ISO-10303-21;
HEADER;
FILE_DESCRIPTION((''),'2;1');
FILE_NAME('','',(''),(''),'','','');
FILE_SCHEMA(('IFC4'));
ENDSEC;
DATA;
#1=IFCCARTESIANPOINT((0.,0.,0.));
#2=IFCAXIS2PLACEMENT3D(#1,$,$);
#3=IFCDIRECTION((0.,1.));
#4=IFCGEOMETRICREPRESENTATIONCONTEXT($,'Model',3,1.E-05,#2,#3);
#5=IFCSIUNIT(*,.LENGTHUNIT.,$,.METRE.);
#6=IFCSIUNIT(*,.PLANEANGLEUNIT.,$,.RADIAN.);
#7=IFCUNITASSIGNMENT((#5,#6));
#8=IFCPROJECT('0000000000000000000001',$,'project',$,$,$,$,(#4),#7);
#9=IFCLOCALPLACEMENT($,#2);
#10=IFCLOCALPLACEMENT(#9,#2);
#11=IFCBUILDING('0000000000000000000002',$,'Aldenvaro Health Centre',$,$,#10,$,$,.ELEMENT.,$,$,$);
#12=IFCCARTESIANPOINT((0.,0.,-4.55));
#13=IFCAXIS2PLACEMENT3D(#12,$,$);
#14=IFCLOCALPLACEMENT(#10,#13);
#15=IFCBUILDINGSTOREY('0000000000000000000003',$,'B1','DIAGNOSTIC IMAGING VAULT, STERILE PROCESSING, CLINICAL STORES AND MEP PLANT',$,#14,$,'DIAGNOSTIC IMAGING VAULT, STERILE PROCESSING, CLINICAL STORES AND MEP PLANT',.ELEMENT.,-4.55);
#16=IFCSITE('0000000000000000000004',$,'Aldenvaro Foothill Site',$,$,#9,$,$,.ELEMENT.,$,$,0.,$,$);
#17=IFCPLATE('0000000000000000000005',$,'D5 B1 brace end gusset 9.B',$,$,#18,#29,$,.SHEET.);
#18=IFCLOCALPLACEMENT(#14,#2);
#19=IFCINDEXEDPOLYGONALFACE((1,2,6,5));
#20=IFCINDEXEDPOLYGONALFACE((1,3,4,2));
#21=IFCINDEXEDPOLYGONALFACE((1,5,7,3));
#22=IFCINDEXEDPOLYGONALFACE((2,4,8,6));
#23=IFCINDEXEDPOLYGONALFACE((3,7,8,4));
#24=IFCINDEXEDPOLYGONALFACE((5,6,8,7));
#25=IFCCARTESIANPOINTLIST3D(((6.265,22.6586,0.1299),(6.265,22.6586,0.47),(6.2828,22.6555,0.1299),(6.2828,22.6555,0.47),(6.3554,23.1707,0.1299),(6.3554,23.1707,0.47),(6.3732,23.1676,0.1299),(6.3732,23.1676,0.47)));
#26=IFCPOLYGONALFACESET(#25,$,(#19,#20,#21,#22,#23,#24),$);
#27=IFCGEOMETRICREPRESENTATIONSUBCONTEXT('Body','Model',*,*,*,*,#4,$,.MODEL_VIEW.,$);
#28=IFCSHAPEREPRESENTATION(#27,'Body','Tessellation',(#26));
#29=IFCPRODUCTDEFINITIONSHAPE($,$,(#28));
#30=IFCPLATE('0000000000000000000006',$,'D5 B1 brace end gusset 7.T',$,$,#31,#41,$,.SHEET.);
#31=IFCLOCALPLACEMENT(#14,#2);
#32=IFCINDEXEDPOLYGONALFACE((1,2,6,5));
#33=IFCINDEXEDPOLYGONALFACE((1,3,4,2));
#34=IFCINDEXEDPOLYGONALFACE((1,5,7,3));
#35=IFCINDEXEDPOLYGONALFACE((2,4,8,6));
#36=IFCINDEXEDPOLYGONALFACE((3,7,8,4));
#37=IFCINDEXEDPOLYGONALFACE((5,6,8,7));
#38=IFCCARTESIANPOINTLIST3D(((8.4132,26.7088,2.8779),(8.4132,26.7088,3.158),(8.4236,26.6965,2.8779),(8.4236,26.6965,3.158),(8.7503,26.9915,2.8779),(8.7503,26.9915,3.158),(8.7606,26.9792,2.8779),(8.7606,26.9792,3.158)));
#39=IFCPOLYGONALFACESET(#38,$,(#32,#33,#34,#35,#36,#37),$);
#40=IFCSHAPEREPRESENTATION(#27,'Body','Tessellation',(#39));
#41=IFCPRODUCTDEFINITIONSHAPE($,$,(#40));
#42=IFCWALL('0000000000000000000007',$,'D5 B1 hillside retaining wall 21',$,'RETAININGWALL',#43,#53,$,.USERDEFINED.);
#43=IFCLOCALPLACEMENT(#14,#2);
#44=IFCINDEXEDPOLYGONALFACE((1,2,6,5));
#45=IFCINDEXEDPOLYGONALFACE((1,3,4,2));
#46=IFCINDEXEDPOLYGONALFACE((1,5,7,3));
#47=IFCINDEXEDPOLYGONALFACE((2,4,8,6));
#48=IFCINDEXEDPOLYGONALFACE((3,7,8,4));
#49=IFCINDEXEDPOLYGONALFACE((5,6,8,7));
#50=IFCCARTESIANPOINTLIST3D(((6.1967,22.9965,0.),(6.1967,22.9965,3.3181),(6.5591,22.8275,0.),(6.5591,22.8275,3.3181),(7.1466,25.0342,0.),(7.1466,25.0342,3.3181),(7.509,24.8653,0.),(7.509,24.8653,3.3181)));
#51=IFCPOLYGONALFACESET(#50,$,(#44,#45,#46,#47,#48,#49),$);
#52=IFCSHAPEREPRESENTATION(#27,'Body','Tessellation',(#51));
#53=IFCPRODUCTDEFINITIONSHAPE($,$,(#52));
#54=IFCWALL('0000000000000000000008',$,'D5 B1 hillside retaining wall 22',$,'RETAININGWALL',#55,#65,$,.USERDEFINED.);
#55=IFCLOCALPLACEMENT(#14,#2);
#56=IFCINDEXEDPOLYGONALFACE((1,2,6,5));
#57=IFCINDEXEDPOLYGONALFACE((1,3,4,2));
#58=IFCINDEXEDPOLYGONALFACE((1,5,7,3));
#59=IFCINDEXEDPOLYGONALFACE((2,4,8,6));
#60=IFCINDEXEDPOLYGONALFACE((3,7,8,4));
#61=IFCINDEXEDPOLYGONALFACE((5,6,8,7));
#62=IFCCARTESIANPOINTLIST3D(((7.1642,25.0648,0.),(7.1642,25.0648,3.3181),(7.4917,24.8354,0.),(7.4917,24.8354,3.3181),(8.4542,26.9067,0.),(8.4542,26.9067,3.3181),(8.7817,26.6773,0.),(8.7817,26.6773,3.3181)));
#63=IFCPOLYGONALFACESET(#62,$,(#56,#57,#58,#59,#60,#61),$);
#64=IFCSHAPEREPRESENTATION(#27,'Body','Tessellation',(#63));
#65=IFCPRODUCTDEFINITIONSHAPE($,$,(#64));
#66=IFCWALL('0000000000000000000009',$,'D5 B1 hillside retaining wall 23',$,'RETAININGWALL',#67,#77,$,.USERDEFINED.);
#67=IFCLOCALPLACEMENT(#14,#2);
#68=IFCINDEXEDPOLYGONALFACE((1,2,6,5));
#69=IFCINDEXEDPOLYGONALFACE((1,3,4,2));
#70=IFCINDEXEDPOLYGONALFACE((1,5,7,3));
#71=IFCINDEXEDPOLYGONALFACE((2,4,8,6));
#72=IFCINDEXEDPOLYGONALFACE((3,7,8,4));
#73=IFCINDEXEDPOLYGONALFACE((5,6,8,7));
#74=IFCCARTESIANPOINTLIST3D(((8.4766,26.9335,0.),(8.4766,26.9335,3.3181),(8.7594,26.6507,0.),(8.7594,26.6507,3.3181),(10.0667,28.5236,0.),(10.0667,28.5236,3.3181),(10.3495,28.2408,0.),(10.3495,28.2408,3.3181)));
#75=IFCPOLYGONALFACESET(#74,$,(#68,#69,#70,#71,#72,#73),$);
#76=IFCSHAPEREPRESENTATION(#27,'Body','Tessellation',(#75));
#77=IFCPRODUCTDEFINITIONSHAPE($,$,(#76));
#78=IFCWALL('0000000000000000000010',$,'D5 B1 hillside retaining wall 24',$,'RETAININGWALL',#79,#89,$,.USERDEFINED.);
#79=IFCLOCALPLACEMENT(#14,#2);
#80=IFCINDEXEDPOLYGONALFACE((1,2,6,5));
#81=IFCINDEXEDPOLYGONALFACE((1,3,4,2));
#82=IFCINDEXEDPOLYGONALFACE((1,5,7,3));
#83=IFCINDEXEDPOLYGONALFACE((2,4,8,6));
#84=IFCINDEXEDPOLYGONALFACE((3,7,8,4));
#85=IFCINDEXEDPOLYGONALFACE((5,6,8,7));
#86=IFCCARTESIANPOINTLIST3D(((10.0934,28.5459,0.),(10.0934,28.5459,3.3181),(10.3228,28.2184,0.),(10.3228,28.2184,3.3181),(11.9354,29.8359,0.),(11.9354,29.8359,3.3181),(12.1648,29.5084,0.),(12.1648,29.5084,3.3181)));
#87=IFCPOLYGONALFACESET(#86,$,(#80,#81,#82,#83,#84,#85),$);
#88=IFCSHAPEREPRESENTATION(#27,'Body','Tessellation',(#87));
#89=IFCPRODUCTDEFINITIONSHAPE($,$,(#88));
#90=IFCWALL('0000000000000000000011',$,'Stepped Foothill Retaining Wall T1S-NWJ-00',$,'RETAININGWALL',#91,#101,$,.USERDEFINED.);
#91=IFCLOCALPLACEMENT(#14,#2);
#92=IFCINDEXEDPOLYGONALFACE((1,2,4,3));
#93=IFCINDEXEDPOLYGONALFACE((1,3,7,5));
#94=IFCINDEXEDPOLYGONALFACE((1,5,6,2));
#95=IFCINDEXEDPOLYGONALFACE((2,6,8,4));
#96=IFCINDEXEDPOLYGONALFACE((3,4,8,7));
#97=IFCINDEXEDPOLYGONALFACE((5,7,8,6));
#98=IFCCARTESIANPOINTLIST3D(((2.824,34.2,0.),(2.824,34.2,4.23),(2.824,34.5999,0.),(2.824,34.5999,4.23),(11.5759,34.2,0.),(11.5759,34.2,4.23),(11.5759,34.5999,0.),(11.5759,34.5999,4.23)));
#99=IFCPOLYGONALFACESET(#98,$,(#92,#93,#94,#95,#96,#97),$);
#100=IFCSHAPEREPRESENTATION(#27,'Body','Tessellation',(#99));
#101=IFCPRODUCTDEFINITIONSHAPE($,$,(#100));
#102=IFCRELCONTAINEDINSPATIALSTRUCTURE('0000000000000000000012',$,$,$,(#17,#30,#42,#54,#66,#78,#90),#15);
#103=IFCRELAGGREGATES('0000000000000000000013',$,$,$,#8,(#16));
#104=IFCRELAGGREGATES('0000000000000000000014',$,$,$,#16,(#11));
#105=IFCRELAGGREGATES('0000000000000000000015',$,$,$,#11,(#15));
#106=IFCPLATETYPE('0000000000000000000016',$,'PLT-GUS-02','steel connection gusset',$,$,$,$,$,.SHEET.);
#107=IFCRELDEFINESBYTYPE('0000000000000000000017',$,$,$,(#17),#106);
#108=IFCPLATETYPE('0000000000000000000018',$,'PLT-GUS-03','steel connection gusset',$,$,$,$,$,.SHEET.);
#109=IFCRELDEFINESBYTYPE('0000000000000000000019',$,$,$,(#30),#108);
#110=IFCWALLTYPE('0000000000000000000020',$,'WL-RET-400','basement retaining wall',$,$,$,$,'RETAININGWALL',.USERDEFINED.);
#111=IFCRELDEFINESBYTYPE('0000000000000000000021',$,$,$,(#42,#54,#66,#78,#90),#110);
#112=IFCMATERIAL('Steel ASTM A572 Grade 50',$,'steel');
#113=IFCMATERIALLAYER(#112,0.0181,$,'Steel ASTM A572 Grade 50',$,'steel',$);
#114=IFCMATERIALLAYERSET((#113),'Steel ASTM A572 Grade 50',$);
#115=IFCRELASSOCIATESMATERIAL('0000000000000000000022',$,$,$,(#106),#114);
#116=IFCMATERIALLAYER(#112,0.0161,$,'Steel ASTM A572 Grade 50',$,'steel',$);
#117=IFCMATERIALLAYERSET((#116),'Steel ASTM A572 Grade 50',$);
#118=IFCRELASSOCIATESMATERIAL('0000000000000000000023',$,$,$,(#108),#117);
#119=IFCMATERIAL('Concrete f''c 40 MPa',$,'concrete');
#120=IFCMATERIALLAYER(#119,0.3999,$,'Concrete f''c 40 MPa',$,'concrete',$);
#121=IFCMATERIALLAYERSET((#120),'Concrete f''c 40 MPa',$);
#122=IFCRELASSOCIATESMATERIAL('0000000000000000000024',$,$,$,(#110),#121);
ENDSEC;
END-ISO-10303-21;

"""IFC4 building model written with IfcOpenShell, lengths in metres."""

from ifc_helpers import new_model, si_unit, direction, frame, frame_2d, origin, origin_2d, place, context, subcontext, project, spatial, rectangle, extrude, material, layer, layer_set, type_object, element, save


model = new_model("IFC4")

# Units and contexts
model_context = context("Model", 3, precision=1e-05, world=origin(), true_north=direction((0.0, 1.0)))
body_context = subcontext(model_context, "Body", "Model", "MODEL_VIEW")
ifc_project = project(units=[si_unit("LENGTHUNIT", "METRE"), si_unit("PLANEANGLEUNIT", "RADIAN")], contexts=[model_context])

# Site, building, storey
site_placement = place(None, origin())
site = spatial("IfcSite", under=ifc_project, at=site_placement, Name="Aldenvaro Foothill Site", CompositionType="ELEMENT", RefElevation=0.0)
building_placement = place(site_placement, origin())
building = spatial("IfcBuilding", under=site, at=building_placement, Name="Aldenvaro Health Centre", CompositionType="ELEMENT")
storey_placement = place(building_placement, frame((0.0, 0.0, -4.55)))
storey = spatial("IfcBuildingStorey", under=building, at=storey_placement, Name="B1", Description="DIAGNOSTIC IMAGING VAULT, STERILE PROCESSING, CLINICAL STORES AND MEP PLANT", LongName="DIAGNOSTIC IMAGING VAULT, STERILE PROCESSING, CLINICAL STORES AND MEP PLANT", CompositionType="ELEMENT", Elevation=-4.55)

# Shared definitions
ifc_material_1 = material(Name="Concrete f'c 40 MPa", Category="concrete")

# Plates
ifc_material_2 = material(Name="Steel ASTM A572 Grade 50", Category="steel")
ifc_layer_1 = layer(ifc_material_2, 0.0181, Name="Steel ASTM A572 Grade 50", Category="steel")
ifc_layer_set_1 = layer_set([ifc_layer_1], Name="Steel ASTM A572 Grade 50")
plate_type_1 = type_object("IfcPlateType", Name="PLT-GUS-02", Description="steel connection gusset", PredefinedType="SHEET", material=ifc_layer_set_1)
plate_1_placement = place(storey_placement, frame((6.3191, 22.9131, 0.1299), z_axis=(0.0, 0.0, 1.0), x_axis=(-0.173958, -0.984753, 0.0)))
element("IfcPlate", 1, at=plate_1_placement, inside=storey, type_object=plate_type_1, Name="D5 B1 brace end gusset 9.B", PredefinedType="SHEET", context=body_context, shape_type="SweptSolid", body=[
    extrude(rectangle(XDim=0.52, YDim=0.0181, at=origin_2d()), origin(), (0.0, 0.0, 1.0), 0.3401),
])
ifc_layer_2 = layer(ifc_material_2, 0.0161, Name="Steel ASTM A572 Grade 50", Category="steel")
ifc_layer_set_2 = layer_set([ifc_layer_2], Name="Steel ASTM A572 Grade 50")
plate_type_2 = type_object("IfcPlateType", Name="PLT-GUS-03", Description="steel connection gusset", PredefinedType="SHEET", material=ifc_layer_set_2)
plate_2_placement = place(storey_placement, frame((8.5869, 26.844, 2.8779), z_axis=(0.0, 0.0, 1.0), x_axis=(-0.766157, -0.642654, 0.0)))
element("IfcPlate", 2, at=plate_2_placement, inside=storey, type_object=plate_type_2, Name="D5 B1 brace end gusset 7.T", PredefinedType="SHEET", context=body_context, shape_type="SweptSolid", body=[
    extrude(rectangle(XDim=0.4399, YDim=0.0161, at=origin_2d()), origin(), (0.0, 0.0, 1.0), 0.28),
])

# Walls
ifc_layer_3 = layer(ifc_material_1, 0.3999, Name="Concrete f'c 40 MPa", Category="concrete")
ifc_layer_set_3 = layer_set([ifc_layer_3], Name="Concrete f'c 40 MPa")
wall_type = type_object("IfcWallType", Name="WL-RET-400", Description="basement retaining wall", ElementType="RETAININGWALL", PredefinedType="USERDEFINED", material=ifc_layer_set_3)
wall_1_placement = place(storey_placement, frame((6.3779, 22.9121, 0.0), z_axis=(0.0, 0.0, 1.0), x_axis=(0.422505, 0.906361, 0.0)))
element("IfcWall", 3, at=wall_1_placement, inside=storey, type_object=wall_type, Name="D5 B1 hillside retaining wall 21", ObjectType="RETAININGWALL", PredefinedType="USERDEFINED", context=body_context, shape_type="SweptSolid", body=[
    extrude(rectangle(XDim=2.2483, YDim=0.3999, at=frame_2d((1.124, 0.0))), origin(), (0.0, 0.0, 1.0), 3.3181),
])
for number, where, z_axis, x_axis, name in (
    (4, (7.3279, 24.95, 0.0), (0.0, 0.0, 1.0), (0.573644, 0.819104, 0.0), "D5 B1 hillside retaining wall 22"),
    (5, (8.6179, 26.792, 0.0), (0.0, 0.0, 1.0), (0.707107, 0.707107, 0.0), "D5 B1 hillside retaining wall 23"),
    (6, (10.208, 28.3821, 0.0), (0.0, 0.0, 1.0), (0.819104, 0.573644, 0.0), "D5 B1 hillside retaining wall 24"),
):
    element("IfcWall", number, at=place(storey_placement, frame(where, z_axis=z_axis, x_axis=x_axis)), inside=storey, type_object=wall_type, Name=name, ObjectType="RETAININGWALL", PredefinedType="USERDEFINED", context=body_context, shape_type="SweptSolid", body=[
        extrude(rectangle(XDim=2.2488, YDim=0.3999, at=frame_2d((1.1245, 0.0))), origin(), (0.0, 0.0, 1.0), 3.3181),
    ])
wall_2_placement = place(storey_placement, frame((2.824, 34.3999, 0.0), z_axis=(0.0, 0.0, 1.0), x_axis=(1.0, 0.0, 0.0)))
element("IfcWall", 7, at=wall_2_placement, inside=storey, type_object=wall_type, Name="Stepped Foothill Retaining Wall T1S-NWJ-00", ObjectType="RETAININGWALL", PredefinedType="USERDEFINED", context=body_context, shape_type="SweptSolid", body=[
    extrude(rectangle(XDim=8.752, YDim=0.3999, at=frame_2d((4.376, 0.0))), origin(), (0.0, 0.0, 1.0), 4.23),
])

save(model, "model.ifc")
